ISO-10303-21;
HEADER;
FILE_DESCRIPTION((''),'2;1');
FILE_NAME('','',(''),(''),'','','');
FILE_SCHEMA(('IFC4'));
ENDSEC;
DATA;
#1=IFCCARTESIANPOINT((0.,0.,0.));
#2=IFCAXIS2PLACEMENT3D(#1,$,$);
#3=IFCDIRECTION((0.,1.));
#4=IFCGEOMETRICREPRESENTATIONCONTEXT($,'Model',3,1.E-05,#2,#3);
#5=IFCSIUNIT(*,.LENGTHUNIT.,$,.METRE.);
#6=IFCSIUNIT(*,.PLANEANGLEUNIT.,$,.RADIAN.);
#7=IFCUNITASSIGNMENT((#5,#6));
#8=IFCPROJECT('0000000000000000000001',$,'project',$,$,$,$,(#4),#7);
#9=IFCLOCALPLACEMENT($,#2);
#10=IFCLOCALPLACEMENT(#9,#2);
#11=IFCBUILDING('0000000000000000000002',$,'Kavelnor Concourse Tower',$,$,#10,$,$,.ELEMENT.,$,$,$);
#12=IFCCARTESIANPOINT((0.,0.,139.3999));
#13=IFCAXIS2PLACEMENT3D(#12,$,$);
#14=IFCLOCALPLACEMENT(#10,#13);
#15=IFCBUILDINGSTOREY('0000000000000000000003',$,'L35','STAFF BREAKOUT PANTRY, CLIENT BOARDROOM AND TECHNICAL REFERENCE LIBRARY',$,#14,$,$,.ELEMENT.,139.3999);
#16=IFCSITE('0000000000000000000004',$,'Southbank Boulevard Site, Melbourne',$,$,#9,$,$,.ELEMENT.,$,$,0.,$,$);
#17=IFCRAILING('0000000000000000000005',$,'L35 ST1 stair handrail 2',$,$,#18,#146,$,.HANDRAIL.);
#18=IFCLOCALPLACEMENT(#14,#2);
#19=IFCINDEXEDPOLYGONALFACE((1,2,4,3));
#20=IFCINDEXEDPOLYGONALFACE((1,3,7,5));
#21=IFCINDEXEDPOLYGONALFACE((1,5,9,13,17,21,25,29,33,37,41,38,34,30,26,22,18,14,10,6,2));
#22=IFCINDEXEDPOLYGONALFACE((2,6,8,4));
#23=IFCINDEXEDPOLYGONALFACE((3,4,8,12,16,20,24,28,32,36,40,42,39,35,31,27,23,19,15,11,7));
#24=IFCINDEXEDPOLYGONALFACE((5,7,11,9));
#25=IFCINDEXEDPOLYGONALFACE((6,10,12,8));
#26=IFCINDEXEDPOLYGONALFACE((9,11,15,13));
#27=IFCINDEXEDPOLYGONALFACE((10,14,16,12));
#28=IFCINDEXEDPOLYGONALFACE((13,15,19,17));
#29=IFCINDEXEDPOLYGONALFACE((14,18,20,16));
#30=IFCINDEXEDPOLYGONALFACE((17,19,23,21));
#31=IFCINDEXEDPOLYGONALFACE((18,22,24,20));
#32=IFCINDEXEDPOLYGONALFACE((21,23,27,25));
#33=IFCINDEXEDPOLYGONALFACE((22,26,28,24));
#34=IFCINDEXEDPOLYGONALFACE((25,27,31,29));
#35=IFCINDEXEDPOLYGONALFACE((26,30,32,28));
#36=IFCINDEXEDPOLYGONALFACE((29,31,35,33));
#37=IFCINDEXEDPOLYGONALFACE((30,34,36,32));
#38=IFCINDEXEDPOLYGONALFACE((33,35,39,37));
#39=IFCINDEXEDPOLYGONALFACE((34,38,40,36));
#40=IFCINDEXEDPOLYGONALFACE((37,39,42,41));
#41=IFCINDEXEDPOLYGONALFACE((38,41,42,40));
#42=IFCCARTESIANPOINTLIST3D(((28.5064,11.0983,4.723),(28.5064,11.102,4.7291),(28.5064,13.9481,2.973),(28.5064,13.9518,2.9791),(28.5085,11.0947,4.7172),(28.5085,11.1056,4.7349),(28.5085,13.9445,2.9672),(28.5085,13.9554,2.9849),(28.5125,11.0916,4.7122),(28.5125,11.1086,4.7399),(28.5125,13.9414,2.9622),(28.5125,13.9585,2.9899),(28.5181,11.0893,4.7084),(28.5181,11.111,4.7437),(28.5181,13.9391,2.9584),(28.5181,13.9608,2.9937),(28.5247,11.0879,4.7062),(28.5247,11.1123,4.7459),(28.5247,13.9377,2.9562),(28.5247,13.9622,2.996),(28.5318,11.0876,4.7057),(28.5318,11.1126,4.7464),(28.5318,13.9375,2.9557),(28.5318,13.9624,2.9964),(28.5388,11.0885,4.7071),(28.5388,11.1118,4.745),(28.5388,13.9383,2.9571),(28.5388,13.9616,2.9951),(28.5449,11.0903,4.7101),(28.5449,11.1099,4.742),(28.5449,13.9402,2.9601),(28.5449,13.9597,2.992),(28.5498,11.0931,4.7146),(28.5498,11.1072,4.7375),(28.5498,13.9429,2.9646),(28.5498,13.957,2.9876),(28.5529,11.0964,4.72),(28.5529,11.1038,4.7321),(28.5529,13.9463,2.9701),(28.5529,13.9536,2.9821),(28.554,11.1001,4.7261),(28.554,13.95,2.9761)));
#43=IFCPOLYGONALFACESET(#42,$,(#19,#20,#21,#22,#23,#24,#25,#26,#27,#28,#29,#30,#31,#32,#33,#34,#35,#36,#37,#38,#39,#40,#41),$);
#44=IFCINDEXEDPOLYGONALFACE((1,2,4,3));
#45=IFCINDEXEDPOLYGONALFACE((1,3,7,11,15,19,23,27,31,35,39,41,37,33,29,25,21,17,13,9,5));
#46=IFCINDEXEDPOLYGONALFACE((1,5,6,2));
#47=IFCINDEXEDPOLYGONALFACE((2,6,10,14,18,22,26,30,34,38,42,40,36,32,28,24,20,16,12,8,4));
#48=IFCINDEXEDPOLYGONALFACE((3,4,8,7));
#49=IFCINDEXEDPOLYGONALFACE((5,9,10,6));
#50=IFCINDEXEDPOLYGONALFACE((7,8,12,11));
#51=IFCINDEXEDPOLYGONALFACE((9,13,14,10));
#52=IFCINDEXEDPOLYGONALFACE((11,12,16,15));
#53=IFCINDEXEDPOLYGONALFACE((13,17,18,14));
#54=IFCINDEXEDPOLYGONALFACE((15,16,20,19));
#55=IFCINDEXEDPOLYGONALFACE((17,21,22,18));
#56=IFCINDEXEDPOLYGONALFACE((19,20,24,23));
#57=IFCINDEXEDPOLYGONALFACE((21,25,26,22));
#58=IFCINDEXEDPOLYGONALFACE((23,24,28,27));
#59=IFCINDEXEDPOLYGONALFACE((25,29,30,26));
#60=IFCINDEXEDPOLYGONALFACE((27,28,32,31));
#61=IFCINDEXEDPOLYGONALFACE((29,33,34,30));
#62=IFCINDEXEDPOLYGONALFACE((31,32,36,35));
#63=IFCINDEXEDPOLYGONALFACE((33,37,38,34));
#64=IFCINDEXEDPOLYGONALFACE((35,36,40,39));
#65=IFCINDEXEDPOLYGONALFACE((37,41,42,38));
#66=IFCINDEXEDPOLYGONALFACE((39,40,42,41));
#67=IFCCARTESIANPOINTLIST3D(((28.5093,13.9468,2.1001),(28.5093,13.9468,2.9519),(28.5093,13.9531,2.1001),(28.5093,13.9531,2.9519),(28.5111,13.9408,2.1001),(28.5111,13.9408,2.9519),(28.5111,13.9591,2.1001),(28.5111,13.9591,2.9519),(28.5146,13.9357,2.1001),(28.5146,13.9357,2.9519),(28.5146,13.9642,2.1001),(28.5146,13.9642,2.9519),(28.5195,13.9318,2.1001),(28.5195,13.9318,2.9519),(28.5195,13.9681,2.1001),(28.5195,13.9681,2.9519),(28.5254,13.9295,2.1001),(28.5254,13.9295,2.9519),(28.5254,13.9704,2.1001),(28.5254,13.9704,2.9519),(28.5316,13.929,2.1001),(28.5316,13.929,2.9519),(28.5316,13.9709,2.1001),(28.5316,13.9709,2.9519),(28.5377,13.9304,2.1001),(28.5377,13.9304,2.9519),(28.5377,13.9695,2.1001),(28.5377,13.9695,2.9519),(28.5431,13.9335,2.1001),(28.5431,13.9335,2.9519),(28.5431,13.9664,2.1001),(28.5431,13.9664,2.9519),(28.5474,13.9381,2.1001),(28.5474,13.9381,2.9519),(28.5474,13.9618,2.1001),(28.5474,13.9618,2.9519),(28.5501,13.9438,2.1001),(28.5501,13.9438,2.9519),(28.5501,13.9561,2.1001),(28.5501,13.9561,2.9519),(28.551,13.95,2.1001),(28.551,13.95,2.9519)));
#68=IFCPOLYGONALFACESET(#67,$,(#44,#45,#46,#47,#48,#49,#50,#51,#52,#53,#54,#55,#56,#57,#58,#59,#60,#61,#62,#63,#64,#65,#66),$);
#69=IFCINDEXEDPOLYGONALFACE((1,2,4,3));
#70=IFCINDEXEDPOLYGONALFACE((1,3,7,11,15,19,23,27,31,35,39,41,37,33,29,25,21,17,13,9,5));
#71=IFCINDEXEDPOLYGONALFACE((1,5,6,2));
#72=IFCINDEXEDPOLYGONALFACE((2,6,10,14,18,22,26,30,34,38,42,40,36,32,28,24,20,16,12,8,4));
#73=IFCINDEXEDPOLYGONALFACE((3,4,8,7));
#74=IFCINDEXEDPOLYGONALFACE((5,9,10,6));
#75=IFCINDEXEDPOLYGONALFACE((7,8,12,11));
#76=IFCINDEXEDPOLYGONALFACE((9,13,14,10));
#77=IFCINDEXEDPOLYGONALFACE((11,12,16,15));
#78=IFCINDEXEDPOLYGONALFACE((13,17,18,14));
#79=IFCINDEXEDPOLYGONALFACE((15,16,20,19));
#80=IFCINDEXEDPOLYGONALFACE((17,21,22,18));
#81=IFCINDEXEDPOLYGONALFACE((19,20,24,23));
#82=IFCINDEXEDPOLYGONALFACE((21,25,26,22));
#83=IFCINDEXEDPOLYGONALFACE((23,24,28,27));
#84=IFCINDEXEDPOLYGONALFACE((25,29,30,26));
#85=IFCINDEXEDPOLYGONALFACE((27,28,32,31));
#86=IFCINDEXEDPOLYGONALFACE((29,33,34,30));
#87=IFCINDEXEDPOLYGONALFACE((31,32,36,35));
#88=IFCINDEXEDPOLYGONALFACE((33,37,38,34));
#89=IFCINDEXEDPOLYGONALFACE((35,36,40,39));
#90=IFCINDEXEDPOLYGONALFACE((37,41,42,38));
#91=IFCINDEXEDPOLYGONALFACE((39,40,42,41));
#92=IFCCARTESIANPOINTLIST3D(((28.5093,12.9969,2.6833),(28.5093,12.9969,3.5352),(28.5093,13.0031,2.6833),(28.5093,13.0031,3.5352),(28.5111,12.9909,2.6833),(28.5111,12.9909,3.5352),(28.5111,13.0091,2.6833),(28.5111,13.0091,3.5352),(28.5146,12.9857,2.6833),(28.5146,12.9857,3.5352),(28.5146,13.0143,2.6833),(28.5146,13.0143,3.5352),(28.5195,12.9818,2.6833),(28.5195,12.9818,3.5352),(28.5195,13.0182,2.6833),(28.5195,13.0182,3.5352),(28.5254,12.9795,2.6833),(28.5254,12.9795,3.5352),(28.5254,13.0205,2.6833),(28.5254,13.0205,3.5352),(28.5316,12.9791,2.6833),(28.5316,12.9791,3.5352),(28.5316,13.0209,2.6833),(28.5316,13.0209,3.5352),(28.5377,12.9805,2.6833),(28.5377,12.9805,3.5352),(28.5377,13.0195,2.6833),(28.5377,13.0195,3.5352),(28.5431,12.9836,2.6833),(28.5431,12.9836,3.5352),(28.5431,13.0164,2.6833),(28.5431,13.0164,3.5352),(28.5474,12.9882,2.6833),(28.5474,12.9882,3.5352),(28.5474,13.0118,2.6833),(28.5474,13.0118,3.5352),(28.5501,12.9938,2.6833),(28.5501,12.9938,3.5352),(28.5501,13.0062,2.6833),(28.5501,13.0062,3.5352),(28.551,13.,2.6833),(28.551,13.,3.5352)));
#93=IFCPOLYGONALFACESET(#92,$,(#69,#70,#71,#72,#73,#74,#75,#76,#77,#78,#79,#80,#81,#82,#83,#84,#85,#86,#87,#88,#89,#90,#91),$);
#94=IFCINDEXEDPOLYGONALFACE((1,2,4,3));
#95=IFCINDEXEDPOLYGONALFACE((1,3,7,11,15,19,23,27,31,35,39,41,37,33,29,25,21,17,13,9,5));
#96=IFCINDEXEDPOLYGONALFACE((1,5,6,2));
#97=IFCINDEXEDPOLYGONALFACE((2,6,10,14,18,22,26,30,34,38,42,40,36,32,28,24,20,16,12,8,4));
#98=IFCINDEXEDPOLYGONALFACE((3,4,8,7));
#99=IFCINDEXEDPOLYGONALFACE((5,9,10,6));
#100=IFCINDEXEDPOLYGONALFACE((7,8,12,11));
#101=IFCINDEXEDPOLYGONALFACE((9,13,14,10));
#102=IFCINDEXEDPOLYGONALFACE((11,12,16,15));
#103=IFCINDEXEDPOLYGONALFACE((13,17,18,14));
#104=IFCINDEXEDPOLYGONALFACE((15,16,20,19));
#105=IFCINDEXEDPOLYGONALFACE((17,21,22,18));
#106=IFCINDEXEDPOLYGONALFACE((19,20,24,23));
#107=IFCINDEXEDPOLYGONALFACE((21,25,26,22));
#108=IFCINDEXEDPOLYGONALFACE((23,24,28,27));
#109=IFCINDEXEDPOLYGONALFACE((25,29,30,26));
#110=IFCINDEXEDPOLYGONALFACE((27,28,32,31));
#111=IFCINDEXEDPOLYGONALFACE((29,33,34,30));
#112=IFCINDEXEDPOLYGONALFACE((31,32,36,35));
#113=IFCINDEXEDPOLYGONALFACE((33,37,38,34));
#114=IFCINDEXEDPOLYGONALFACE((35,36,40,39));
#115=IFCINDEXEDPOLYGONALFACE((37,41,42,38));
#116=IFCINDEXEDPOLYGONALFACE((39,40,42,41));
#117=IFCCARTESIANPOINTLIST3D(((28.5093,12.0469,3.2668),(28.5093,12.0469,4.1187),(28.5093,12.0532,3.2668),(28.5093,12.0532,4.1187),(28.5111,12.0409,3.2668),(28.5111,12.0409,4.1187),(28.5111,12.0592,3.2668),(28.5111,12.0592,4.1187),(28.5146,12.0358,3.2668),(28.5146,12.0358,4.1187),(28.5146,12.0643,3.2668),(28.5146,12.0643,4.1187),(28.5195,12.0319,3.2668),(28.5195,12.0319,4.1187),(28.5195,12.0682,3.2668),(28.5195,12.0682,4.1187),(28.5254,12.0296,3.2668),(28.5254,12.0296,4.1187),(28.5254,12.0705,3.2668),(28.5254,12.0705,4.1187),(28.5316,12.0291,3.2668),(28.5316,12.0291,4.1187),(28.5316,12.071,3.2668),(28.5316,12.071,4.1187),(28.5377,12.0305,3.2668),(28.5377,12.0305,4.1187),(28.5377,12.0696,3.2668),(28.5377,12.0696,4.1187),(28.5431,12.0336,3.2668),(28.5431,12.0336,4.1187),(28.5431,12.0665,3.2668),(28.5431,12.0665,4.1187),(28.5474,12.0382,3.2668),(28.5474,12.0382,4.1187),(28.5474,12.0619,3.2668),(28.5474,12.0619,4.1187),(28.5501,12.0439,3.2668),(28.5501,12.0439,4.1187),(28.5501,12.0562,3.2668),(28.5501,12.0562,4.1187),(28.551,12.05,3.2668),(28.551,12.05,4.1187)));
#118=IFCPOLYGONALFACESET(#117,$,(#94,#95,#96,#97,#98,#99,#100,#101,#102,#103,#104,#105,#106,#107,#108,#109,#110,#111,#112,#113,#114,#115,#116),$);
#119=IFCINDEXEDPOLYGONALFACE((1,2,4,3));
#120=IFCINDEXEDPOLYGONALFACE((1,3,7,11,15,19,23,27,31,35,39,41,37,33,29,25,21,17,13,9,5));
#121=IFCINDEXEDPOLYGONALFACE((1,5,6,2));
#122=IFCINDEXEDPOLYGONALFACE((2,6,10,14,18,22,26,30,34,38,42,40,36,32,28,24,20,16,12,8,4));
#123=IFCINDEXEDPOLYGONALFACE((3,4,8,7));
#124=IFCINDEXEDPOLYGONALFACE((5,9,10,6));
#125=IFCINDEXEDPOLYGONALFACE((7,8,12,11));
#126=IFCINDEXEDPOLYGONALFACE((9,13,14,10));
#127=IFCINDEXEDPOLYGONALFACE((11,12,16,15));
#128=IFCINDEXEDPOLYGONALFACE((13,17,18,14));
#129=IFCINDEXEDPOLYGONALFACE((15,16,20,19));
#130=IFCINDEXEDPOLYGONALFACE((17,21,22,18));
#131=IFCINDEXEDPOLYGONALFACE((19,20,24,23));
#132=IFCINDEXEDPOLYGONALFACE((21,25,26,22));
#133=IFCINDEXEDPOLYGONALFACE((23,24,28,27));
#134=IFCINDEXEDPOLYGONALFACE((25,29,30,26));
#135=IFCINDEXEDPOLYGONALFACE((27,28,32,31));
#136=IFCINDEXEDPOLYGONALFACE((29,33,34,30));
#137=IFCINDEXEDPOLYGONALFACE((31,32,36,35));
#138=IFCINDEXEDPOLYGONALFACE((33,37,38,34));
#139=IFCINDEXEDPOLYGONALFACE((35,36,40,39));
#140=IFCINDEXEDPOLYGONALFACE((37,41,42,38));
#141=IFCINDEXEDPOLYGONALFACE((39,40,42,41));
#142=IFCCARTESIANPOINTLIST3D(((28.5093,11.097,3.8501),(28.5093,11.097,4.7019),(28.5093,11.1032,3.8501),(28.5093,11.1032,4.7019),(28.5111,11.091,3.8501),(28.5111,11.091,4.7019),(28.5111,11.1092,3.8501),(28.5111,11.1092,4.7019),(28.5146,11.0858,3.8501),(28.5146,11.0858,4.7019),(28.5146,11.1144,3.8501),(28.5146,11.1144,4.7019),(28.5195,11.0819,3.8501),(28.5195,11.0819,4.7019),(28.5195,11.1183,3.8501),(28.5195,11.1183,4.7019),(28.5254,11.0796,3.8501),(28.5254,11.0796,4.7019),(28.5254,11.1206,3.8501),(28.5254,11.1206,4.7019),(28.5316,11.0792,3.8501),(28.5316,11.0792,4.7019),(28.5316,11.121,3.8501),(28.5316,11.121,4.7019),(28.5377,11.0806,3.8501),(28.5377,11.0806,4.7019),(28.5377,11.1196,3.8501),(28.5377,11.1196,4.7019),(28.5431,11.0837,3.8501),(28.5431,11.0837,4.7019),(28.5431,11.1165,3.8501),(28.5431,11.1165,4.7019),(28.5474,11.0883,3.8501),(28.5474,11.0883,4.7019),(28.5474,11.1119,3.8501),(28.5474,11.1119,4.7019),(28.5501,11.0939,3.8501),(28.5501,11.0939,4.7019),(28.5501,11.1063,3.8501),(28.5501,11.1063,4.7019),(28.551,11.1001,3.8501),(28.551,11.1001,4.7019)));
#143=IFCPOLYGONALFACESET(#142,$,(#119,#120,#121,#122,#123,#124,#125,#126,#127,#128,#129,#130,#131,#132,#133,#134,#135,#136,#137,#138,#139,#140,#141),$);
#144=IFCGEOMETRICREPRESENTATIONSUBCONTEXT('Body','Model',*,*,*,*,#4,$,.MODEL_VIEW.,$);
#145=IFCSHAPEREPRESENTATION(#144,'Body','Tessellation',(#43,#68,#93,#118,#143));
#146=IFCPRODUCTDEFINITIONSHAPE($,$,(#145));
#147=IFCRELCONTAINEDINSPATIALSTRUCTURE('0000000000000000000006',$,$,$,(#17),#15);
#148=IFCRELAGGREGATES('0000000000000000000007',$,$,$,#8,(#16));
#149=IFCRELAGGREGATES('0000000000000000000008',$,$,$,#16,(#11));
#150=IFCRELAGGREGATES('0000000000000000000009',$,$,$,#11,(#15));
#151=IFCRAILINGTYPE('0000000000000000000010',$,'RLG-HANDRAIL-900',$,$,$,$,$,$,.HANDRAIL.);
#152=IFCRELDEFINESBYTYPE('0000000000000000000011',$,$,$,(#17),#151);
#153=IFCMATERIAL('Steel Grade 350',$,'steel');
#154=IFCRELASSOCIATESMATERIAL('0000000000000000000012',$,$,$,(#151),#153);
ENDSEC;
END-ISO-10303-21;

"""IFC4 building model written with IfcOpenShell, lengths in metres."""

from ifc_helpers import new_model, si_unit, direction, frame, origin, origin_2d, place, context, subcontext, project, spatial, circle, extrude, material, type_object, element, save


model = new_model("IFC4")

# Units and contexts
model_context = context("Model", 3, precision=1e-05, world=origin(), true_north=direction((0.0, 1.0)))
body_context = subcontext(model_context, "Body", "Model", "MODEL_VIEW")
ifc_project = project(units=[si_unit("LENGTHUNIT", "METRE"), si_unit("PLANEANGLEUNIT", "RADIAN")], contexts=[model_context])

# Site, building, storey
site_placement = place(None, origin())
site = spatial("IfcSite", under=ifc_project, at=site_placement, Name="Southbank Boulevard Site, Melbourne", CompositionType="ELEMENT", RefElevation=0.0)
building_placement = place(site_placement, origin())
building = spatial("IfcBuilding", under=site, at=building_placement, Name="Kavelnor Concourse Tower", CompositionType="ELEMENT")
storey_placement = place(building_placement, frame((0.0, 0.0, 139.3999)))
storey = spatial("IfcBuildingStorey", under=building, at=storey_placement, Name="L35", Description="STAFF BREAKOUT PANTRY, CLIENT BOARDROOM AND TECHNICAL REFERENCE LIBRARY", CompositionType="ELEMENT", Elevation=139.3999)

# Shared definitions
ifc_material_1 = material(Name="Steel Grade 350", Category="steel")

# Railing
railing_type_1 = type_object("IfcRailingType", Name="RLG-HANDRAIL-900", PredefinedType="HANDRAIL", material=ifc_material_1)
railing_1_placement = place(storey_placement, frame((28.53, 13.95, 2.1001)))
element("IfcRailing", 1, at=railing_1_placement, inside=storey, type_object=railing_type_1, Name="L35 ST1 stair handrail 2", PredefinedType="HANDRAIL", context=body_context, shape_type="SweptSolid", body=[
    extrude(circle(Radius=0.0239, at=origin_2d()), frame((0.0, 0.0, 0.876), z_axis=(0.0, -0.852159, 0.523283), x_axis=(1.0, 0.0, 0.0)), (0.0, 0.0, 1.0), 3.3442),
    extrude(circle(Radius=0.021, at=origin_2d()), origin(), (0.0, 0.0, 1.0), 0.8518),
    extrude(circle(Radius=0.021, at=origin_2d()), frame((0.0, -0.95, 0.5833)), (0.0, 0.0, 1.0), 0.8518),
    extrude(circle(Radius=0.021, at=origin_2d()), frame((0.0, -1.8999, 1.1667)), (0.0, 0.0, 1.0), 0.8518),
    extrude(circle(Radius=0.021, at=origin_2d()), frame((0.0, -2.8499, 1.75)), (0.0, 0.0, 1.0), 0.8518),
])

save(model, "model.ifc")
